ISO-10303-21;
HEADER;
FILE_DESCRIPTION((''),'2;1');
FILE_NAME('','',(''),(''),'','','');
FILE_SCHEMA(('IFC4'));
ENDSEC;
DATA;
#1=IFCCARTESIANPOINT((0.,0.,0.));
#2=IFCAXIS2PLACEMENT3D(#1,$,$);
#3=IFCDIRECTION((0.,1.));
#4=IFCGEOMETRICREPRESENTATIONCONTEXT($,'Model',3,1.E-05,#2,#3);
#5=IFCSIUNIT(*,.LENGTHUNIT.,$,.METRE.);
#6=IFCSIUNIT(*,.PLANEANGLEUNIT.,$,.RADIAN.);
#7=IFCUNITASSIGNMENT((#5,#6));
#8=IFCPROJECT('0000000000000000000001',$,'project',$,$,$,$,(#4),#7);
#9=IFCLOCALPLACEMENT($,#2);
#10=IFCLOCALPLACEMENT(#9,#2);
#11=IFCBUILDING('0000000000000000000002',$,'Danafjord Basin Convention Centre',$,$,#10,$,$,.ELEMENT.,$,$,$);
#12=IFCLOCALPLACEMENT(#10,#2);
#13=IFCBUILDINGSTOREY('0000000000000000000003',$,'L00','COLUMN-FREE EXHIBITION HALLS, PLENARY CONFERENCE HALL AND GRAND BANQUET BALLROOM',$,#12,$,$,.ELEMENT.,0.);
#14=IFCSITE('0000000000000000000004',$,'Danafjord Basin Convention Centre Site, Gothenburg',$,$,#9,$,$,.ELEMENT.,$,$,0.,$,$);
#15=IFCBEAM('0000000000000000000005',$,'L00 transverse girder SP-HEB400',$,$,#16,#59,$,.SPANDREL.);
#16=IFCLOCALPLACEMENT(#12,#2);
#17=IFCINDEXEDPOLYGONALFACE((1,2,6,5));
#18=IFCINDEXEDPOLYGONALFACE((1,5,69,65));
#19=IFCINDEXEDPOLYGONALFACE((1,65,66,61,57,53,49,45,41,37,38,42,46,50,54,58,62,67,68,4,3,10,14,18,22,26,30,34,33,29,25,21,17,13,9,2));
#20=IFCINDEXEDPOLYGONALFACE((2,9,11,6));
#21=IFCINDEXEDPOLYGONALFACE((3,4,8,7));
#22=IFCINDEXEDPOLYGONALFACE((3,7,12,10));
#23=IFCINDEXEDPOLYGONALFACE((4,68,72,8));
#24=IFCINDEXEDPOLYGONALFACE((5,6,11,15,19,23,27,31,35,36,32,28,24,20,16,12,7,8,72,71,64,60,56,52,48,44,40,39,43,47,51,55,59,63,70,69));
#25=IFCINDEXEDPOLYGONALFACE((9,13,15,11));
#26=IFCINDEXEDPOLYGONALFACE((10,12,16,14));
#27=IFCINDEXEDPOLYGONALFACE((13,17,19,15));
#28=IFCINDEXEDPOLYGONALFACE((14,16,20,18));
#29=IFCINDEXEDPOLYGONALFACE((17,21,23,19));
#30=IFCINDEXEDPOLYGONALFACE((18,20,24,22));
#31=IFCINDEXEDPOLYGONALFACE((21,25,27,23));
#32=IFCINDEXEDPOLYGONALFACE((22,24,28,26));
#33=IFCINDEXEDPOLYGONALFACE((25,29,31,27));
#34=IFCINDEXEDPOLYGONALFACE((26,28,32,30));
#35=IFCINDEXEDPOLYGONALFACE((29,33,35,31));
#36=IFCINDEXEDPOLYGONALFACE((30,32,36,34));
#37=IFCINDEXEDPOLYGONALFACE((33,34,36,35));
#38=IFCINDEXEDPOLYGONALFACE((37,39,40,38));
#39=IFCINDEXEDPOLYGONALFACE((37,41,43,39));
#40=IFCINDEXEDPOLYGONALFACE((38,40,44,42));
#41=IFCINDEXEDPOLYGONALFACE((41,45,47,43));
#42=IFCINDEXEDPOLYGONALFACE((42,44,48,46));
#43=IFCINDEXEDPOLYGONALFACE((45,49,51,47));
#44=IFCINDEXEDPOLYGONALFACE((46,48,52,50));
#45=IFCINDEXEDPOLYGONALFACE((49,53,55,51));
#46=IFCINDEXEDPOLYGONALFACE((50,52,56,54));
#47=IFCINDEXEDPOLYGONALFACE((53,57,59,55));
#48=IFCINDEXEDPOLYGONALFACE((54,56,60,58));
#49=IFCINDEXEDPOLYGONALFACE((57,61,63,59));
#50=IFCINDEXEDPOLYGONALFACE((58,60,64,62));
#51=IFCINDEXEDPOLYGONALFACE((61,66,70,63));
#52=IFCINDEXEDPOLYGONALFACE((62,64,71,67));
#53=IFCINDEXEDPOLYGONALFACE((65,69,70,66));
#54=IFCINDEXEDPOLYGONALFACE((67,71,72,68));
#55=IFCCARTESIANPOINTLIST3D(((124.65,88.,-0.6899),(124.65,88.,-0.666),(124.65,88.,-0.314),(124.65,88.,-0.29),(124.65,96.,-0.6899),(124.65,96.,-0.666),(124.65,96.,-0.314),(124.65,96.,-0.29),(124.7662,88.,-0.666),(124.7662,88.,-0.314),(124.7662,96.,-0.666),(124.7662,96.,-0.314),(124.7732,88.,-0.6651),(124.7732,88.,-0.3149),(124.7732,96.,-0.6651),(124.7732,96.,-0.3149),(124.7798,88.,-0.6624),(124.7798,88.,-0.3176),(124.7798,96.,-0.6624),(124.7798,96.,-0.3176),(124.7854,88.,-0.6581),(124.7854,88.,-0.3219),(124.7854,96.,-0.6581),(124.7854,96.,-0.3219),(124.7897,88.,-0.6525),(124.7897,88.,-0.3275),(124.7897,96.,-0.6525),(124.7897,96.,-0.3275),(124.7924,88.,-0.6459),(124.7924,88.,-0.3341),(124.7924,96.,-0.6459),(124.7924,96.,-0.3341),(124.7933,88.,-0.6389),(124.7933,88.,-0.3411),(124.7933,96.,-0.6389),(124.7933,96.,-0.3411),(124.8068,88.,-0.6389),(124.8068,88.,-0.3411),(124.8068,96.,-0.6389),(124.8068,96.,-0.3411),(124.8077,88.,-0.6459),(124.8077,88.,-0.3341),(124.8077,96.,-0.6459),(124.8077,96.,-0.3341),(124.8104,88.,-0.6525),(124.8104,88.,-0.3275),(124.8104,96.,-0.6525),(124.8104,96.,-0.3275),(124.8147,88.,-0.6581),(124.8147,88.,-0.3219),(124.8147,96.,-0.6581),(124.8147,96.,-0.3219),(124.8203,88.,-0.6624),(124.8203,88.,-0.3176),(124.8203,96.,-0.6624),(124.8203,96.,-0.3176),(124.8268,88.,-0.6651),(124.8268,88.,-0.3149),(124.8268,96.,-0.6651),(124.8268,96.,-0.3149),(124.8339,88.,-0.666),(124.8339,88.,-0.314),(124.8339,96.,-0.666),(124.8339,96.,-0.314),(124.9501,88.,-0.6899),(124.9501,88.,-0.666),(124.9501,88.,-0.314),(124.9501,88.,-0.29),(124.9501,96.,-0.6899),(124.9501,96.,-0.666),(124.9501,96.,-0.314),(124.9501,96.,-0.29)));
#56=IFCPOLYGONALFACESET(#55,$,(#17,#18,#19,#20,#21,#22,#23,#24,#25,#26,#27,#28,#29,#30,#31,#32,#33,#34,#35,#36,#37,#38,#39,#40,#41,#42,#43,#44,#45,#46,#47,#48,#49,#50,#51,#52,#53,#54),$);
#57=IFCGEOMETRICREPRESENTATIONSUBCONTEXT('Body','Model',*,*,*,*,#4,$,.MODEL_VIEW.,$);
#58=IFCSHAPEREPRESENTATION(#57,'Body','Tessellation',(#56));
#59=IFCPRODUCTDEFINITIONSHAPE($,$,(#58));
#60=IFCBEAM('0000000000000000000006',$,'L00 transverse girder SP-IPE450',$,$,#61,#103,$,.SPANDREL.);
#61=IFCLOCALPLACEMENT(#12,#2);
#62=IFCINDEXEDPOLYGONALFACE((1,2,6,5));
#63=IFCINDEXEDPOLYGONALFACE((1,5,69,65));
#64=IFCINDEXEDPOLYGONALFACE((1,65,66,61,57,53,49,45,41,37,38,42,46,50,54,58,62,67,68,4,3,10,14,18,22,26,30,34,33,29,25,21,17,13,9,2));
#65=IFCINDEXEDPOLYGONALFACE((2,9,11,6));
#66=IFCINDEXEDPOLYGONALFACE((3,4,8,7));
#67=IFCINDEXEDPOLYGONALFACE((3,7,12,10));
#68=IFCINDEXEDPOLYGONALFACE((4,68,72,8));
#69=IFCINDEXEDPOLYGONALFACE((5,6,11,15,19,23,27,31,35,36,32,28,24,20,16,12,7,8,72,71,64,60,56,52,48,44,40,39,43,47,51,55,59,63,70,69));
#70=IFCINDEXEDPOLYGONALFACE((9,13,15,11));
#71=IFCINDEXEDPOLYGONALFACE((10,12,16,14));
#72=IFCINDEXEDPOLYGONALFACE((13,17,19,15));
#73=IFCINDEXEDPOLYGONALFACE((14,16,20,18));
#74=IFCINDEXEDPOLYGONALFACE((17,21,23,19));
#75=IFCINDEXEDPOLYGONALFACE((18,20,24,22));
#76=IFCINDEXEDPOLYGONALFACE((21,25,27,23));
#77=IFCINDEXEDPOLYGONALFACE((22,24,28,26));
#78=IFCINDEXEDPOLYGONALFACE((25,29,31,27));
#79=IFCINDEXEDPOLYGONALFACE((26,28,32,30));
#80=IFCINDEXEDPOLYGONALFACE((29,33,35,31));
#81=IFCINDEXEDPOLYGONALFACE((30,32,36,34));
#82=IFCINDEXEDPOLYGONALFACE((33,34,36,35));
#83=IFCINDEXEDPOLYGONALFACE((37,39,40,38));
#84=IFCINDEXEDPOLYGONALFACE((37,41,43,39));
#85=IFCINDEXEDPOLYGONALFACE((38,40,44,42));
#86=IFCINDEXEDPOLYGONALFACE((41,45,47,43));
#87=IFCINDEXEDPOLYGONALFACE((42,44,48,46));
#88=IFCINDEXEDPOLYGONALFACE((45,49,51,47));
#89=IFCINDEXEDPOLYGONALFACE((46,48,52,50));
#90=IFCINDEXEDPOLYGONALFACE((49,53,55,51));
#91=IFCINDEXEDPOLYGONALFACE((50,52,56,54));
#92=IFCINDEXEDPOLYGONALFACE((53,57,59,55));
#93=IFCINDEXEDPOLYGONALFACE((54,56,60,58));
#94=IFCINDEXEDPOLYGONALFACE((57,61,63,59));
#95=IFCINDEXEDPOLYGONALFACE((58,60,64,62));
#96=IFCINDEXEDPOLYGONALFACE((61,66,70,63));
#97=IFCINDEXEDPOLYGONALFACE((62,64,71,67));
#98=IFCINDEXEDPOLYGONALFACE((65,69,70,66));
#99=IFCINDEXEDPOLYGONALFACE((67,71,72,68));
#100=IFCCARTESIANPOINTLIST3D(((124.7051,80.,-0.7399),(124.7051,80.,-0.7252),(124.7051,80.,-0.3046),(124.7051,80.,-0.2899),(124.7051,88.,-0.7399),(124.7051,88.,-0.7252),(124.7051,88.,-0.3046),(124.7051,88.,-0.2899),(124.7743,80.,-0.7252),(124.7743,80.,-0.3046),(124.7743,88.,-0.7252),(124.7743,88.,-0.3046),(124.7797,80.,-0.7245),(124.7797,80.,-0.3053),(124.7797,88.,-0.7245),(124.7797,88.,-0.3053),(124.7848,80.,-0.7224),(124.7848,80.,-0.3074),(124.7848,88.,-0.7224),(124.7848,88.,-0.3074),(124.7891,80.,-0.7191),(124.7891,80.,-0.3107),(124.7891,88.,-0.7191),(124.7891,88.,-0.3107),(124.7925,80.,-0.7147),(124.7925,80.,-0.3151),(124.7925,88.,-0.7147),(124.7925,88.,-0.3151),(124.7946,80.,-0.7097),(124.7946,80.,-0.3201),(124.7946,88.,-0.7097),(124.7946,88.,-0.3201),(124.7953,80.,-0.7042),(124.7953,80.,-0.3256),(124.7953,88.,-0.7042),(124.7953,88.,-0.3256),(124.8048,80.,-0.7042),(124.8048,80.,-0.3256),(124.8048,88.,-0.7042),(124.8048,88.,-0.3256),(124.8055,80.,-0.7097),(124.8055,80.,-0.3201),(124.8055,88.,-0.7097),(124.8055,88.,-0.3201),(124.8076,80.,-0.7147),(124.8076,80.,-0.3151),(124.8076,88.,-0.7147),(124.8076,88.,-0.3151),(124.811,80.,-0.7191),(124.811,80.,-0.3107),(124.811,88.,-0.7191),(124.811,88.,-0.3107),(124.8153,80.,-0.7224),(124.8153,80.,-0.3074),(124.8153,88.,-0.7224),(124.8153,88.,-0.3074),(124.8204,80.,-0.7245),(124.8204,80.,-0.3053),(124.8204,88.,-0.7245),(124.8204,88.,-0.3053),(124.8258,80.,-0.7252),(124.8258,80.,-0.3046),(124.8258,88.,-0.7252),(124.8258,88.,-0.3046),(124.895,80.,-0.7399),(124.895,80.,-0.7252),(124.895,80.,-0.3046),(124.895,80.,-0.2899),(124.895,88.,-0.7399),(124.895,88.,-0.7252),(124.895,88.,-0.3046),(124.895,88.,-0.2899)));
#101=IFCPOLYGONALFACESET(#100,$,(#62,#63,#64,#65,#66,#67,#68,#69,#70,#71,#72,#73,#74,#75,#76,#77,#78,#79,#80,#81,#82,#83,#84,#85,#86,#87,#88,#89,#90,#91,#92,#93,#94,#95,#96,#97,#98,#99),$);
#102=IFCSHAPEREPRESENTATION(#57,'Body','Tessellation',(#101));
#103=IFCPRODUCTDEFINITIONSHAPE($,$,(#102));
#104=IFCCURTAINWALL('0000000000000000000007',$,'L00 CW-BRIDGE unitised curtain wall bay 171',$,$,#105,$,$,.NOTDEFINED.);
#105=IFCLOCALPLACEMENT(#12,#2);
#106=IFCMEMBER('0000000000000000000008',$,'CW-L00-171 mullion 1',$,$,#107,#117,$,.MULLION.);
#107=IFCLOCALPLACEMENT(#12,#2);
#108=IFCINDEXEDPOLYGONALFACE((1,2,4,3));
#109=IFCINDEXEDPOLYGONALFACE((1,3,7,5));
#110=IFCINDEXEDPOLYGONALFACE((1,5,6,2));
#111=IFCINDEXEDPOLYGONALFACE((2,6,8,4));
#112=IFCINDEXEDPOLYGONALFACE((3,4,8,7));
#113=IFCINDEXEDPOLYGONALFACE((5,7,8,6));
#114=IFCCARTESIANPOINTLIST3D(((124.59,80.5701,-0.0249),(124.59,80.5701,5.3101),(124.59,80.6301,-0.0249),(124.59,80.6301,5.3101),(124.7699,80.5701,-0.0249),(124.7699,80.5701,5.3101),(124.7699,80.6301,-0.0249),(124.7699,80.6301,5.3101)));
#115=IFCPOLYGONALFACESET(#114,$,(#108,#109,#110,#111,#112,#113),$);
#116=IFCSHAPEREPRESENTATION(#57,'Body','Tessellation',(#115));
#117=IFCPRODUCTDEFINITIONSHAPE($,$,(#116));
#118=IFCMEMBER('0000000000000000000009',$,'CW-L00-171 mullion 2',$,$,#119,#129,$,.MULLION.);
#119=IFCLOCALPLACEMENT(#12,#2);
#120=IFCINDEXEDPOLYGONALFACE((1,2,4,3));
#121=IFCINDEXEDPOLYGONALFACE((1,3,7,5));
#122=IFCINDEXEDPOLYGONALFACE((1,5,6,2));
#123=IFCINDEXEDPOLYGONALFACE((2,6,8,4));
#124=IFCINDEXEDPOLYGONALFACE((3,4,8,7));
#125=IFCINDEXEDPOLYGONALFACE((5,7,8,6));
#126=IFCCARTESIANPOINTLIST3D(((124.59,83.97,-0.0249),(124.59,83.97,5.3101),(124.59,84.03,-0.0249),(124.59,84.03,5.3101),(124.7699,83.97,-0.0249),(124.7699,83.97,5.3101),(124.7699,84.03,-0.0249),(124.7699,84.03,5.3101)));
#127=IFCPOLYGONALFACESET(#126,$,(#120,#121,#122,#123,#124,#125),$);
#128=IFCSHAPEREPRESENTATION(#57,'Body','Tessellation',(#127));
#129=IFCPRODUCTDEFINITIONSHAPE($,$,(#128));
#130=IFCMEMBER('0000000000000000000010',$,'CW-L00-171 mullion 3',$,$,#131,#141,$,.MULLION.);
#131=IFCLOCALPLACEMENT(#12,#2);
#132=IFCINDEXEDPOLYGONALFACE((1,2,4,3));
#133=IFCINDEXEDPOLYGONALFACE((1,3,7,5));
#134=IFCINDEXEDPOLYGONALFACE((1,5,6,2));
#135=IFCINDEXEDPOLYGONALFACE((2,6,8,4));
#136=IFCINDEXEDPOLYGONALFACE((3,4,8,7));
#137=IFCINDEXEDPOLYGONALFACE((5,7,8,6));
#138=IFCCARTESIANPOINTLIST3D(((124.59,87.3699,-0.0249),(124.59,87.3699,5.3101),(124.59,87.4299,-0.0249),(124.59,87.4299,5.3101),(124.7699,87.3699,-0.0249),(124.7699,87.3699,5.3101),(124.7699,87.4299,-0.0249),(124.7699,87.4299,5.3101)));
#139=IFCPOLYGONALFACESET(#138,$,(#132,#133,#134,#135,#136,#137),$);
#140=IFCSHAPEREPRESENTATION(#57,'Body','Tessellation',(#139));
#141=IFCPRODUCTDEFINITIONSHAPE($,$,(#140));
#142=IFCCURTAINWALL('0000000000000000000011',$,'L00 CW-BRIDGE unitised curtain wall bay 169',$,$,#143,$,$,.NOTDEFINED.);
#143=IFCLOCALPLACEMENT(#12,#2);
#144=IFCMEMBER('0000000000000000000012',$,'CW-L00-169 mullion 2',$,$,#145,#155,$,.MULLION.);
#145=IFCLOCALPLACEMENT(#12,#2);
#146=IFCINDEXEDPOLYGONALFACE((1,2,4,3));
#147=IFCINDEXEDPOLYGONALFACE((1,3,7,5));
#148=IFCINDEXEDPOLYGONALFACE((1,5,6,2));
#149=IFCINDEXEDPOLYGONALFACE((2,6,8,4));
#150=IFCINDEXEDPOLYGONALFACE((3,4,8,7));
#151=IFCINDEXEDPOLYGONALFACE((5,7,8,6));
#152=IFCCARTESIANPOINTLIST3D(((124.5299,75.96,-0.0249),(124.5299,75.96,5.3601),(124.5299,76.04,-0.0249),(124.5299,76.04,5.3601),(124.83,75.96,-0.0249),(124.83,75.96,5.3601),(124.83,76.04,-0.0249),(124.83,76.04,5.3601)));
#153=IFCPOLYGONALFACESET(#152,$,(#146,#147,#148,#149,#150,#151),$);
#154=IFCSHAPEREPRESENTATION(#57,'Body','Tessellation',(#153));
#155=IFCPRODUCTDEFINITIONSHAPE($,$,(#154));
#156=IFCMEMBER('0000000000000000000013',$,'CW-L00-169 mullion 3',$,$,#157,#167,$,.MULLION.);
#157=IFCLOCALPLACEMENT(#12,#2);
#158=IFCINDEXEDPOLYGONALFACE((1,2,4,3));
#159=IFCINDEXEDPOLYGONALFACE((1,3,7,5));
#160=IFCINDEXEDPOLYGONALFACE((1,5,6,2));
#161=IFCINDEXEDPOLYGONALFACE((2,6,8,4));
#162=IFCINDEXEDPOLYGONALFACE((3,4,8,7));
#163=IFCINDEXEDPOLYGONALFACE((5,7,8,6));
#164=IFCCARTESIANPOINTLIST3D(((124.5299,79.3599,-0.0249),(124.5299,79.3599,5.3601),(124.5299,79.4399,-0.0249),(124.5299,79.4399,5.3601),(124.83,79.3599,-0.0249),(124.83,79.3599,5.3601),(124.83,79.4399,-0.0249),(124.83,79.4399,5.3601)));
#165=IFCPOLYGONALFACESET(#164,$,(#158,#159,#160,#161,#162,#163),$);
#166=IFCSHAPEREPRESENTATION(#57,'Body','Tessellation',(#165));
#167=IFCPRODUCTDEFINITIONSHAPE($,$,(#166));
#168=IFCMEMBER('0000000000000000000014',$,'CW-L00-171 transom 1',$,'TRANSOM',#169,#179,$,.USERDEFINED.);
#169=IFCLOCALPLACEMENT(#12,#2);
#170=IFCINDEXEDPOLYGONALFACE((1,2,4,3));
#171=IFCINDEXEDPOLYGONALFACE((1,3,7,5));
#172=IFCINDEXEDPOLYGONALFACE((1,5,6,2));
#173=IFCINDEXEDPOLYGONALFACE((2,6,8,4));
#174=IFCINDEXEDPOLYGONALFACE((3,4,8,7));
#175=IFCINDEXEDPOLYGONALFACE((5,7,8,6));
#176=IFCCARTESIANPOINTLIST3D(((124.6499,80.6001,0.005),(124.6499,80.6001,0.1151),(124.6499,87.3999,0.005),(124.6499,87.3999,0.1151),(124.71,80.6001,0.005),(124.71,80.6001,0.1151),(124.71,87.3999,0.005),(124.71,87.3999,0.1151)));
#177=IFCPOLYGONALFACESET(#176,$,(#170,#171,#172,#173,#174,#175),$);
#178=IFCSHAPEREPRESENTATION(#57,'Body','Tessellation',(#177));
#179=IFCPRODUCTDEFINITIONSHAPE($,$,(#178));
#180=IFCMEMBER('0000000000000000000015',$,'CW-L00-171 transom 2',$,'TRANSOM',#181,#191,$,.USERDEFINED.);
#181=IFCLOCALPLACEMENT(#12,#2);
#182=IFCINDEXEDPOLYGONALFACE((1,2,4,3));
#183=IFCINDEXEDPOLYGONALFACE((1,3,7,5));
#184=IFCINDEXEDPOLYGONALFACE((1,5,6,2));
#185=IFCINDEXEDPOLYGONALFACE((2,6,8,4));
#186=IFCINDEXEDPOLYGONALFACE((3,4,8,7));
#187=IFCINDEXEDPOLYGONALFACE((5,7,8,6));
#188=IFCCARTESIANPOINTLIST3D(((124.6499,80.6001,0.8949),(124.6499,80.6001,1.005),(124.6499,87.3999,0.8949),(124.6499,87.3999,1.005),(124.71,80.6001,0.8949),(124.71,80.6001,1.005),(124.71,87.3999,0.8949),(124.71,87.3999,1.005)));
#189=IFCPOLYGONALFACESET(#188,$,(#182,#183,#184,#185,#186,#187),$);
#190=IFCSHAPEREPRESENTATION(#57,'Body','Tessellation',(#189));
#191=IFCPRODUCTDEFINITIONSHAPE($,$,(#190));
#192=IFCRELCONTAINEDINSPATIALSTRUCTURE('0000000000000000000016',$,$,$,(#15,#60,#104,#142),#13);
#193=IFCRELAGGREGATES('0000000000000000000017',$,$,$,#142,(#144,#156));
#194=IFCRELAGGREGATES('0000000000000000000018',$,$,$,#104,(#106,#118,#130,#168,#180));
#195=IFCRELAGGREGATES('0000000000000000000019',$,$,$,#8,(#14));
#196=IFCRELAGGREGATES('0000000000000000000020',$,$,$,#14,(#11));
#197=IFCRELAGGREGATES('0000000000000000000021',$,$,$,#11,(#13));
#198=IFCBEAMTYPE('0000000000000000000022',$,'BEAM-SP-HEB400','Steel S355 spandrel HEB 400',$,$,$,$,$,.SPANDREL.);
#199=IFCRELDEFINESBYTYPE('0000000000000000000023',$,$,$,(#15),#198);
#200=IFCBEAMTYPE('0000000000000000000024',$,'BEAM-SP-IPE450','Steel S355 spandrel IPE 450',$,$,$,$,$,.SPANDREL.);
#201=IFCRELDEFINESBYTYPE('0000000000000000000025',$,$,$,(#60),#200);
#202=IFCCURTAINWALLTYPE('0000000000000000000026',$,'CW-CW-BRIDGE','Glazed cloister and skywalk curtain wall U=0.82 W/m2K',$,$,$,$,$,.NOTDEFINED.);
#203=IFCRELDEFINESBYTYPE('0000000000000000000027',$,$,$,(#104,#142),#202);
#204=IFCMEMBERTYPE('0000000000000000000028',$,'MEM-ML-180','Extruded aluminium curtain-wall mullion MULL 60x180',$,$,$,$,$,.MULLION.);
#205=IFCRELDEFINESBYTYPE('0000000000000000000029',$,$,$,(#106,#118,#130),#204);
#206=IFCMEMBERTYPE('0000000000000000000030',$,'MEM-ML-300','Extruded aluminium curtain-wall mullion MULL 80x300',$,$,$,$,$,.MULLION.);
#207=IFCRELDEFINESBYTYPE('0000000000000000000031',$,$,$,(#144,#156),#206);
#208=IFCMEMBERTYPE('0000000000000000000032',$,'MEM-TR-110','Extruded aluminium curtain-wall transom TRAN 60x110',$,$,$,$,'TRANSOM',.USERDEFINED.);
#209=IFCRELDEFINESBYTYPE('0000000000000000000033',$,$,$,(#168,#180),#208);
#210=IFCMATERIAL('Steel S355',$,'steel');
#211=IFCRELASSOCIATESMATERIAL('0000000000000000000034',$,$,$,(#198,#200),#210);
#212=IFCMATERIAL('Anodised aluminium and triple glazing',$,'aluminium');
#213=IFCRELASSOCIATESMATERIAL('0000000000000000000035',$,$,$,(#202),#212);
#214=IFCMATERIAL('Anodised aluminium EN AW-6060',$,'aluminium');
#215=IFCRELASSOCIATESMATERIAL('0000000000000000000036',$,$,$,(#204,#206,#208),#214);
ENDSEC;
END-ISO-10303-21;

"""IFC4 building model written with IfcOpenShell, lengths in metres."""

from ifc_helpers import new_model, si_unit, direction, frame, origin, origin_2d, place, context, subcontext, project, spatial, rectangle, i_section, extrude, material, material_profile, profile_set, type_object, element, aggregate, save


model = new_model("IFC4")

# Units and contexts
model_context = context("Model", 3, precision=1e-05, world=origin(), true_north=direction((0.0, 1.0)))
body_context = subcontext(model_context, "Body", "Model", "MODEL_VIEW")
ifc_project = project(units=[si_unit("LENGTHUNIT", "METRE"), si_unit("PLANEANGLEUNIT", "RADIAN")], contexts=[model_context])

# Site, building, storey
site_placement = place(None, origin())
site = spatial("IfcSite", under=ifc_project, at=site_placement, Name="Danafjord Basin Convention Centre Site, Gothenburg", CompositionType="ELEMENT", RefElevation=0.0)
building_placement = place(site_placement, origin())
building = spatial("IfcBuilding", under=site, at=building_placement, Name="Danafjord Basin Convention Centre", CompositionType="ELEMENT")
storey_placement = place(building_placement, origin())
storey = spatial("IfcBuildingStorey", under=building, at=storey_placement, Name="L00", Description="COLUMN-FREE EXHIBITION HALLS, PLENARY CONFERENCE HALL AND GRAND BANQUET BALLROOM", CompositionType="ELEMENT", Elevation=0.0)

# Shared definitions
ifc_material_1 = material(Name="Steel S355", Category="steel")

# Beams
ifc_material_profile_1 = material_profile(ifc_material_1, i_section(OverallWidth=0.3, OverallDepth=0.3999, WebThickness=0.0134, FlangeThickness=0.0239, FilletRadius=0.0271, at=origin_2d()), Name="HEB 400")
ifc_profile_set_1 = profile_set([ifc_material_profile_1], Name="Steel S355")
beam_type_1 = type_object("IfcBeamType", Name="BEAM-SP-HEB400", Description="Steel S355 spandrel HEB 400", PredefinedType="SPANDREL", material=ifc_profile_set_1)
beam_1_placement = place(storey_placement, frame((124.8, 88.0, -0.49), z_axis=(0.0, 1.0, 0.0), x_axis=(-1.0, 0.0, 0.0)))
element("IfcBeam", 1, at=beam_1_placement, inside=storey, type_object=beam_type_1, Name="L00 transverse girder SP-HEB400", PredefinedType="SPANDREL", context=body_context, shape_type="SweptSolid", body=[
    extrude(i_section(OverallWidth=0.3, OverallDepth=0.3999, WebThickness=0.0134, FlangeThickness=0.0239, FilletRadius=0.0271, at=origin_2d()), origin(), (0.0, 0.0, 1.0), 8.0),
])
ifc_material_profile_2 = material_profile(ifc_material_1, i_section(OverallWidth=0.1899, OverallDepth=0.45, WebThickness=0.0095, FlangeThickness=0.0146, FilletRadius=0.021, at=origin_2d()), Name="IPE 450")
ifc_profile_set_2 = profile_set([ifc_material_profile_2], Name="Steel S355")
beam_type_2 = type_object("IfcBeamType", Name="BEAM-SP-IPE450", Description="Steel S355 spandrel IPE 450", PredefinedType="SPANDREL", material=ifc_profile_set_2)
beam_2_placement = place(storey_placement, frame((124.8, 80.0, -0.5149), z_axis=(0.0, 1.0, 0.0), x_axis=(-1.0, 0.0, 0.0)))
element("IfcBeam", 2, at=beam_2_placement, inside=storey, type_object=beam_type_2, Name="L00 transverse girder SP-IPE450", PredefinedType="SPANDREL", context=body_context, shape_type="SweptSolid", body=[
    extrude(i_section(OverallWidth=0.1899, OverallDepth=0.45, WebThickness=0.0095, FlangeThickness=0.0146, FilletRadius=0.021, at=origin_2d()), origin(), (0.0, 0.0, 1.0), 8.0),
])

# Curtain walls, members
ifc_material_2 = material(Name="Anodised aluminium and triple glazing", Category="aluminium")
curtain_wall_type = type_object("IfcCurtainWallType", Name="CW-CW-BRIDGE", Description="Glazed cloister and skywalk curtain wall U=0.82 W/m2K", PredefinedType="NOTDEFINED", material=ifc_material_2)
curtain_wall_1_placement = place(storey_placement, origin())
curtain_wall_1 = element("IfcCurtainWall", 3, at=curtain_wall_1_placement, inside=storey, type_object=curtain_wall_type, Name="L00 CW-BRIDGE unitised curtain wall bay 171", PredefinedType="NOTDEFINED")
ifc_material_3 = material(Name="Anodised aluminium EN AW-6060", Category="aluminium")
ifc_material_profile_3 = material_profile(ifc_material_3, rectangle(XDim=0.0601, YDim=0.1799, at=origin_2d()), Name="MULL 60x180")
ifc_profile_set_3 = profile_set([ifc_material_profile_3], Name="Anodised aluminium EN AW-6060")
member_type_1 = type_object("IfcMemberType", Name="MEM-ML-180", Description="Extruded aluminium curtain-wall mullion MULL 60x180", PredefinedType="MULLION", material=ifc_profile_set_3)
member_1_placement = place(storey_placement, frame((124.6799, 80.6001, -0.0249), z_axis=(0.0, 0.0, 1.0), x_axis=(0.0, 1.0, 0.0)))
member_1 = element("IfcMember", 4, at=member_1_placement, type_object=member_type_1, Name="CW-L00-171 mullion 1", PredefinedType="MULLION", context=body_context, shape_type="SweptSolid", body=[
    extrude(rectangle(XDim=0.0601, YDim=0.1799, at=origin_2d()), origin(), (0.0, 0.0, 1.0), 5.335),
])
member_2_placement = place(storey_placement, frame((124.6799, 84.0, -0.0249), z_axis=(0.0, 0.0, 1.0), x_axis=(0.0, 1.0, 0.0)))
member_2 = element("IfcMember", 5, at=member_2_placement, type_object=member_type_1, Name="CW-L00-171 mullion 2", PredefinedType="MULLION", context=body_context, shape_type="SweptSolid", body=[
    extrude(rectangle(XDim=0.0601, YDim=0.1799, at=origin_2d()), origin(), (0.0, 0.0, 1.0), 5.335),
])
member_3_placement = place(storey_placement, frame((124.6799, 87.3999, -0.0249), z_axis=(0.0, 0.0, 1.0), x_axis=(0.0, 1.0, 0.0)))
member_3 = element("IfcMember", 6, at=member_3_placement, type_object=member_type_1, Name="CW-L00-171 mullion 3", PredefinedType="MULLION", context=body_context, shape_type="SweptSolid", body=[
    extrude(rectangle(XDim=0.0601, YDim=0.1799, at=origin_2d()), origin(), (0.0, 0.0, 1.0), 5.335),
])
curtain_wall_2_placement = place(storey_placement, origin())
curtain_wall_2 = element("IfcCurtainWall", 7, at=curtain_wall_2_placement, inside=storey, type_object=curtain_wall_type, Name="L00 CW-BRIDGE unitised curtain wall bay 169", PredefinedType="NOTDEFINED")
ifc_material_profile_4 = material_profile(ifc_material_3, rectangle(XDim=0.0801, YDim=0.3, at=origin_2d()), Name="MULL 80x300")
ifc_profile_set_4 = profile_set([ifc_material_profile_4], Name="Anodised aluminium EN AW-6060")
member_type_2 = type_object("IfcMemberType", Name="MEM-ML-300", Description="Extruded aluminium curtain-wall mullion MULL 80x300", PredefinedType="MULLION", material=ifc_profile_set_4)
member_4_placement = place(storey_placement, frame((124.6799, 76.0, -0.0249), z_axis=(0.0, 0.0, 1.0), x_axis=(0.0, 1.0, 0.0)))
member_4 = element("IfcMember", 8, at=member_4_placement, type_object=member_type_2, Name="CW-L00-169 mullion 2", PredefinedType="MULLION", context=body_context, shape_type="SweptSolid", body=[
    extrude(rectangle(XDim=0.0801, YDim=0.3, at=origin_2d()), origin(), (0.0, 0.0, 1.0), 5.385),
])
member_5_placement = place(storey_placement, frame((124.6799, 79.3999, -0.0249), z_axis=(0.0, 0.0, 1.0), x_axis=(0.0, 1.0, 0.0)))
member_5 = element("IfcMember", 9, at=member_5_placement, type_object=member_type_2, Name="CW-L00-169 mullion 3", PredefinedType="MULLION", context=body_context, shape_type="SweptSolid", body=[
    extrude(rectangle(XDim=0.0801, YDim=0.3, at=origin_2d()), origin(), (0.0, 0.0, 1.0), 5.385),
])

# Members
ifc_material_profile_5 = material_profile(ifc_material_3, rectangle(XDim=0.0601, YDim=0.1101, at=origin_2d()), Name="TRAN 60x110")
ifc_profile_set_5 = profile_set([ifc_material_profile_5], Name="Anodised aluminium EN AW-6060")
member_type_3 = type_object("IfcMemberType", Name="MEM-TR-110", Description="Extruded aluminium curtain-wall transom TRAN 60x110", ElementType="TRANSOM", PredefinedType="USERDEFINED", material=ifc_profile_set_5)
member_6_placement = place(storey_placement, frame((124.6799, 80.6001, 0.0601), z_axis=(0.0, 1.0, 0.0), x_axis=(-1.0, 0.0, 0.0)))
member_6 = element("IfcMember", 10, at=member_6_placement, type_object=member_type_3, Name="CW-L00-171 transom 1", ObjectType="TRANSOM", PredefinedType="USERDEFINED", context=body_context, shape_type="SweptSolid", body=[
    extrude(rectangle(XDim=0.0601, YDim=0.1101, at=origin_2d()), origin(), (0.0, 0.0, 1.0), 6.7998),
])
member_7_placement = place(storey_placement, frame((124.6799, 80.6001, 0.95), z_axis=(0.0, 1.0, 0.0), x_axis=(-1.0, 0.0, 0.0)))
member_7 = element("IfcMember", 11, at=member_7_placement, type_object=member_type_3, Name="CW-L00-171 transom 2", ObjectType="TRANSOM", PredefinedType="USERDEFINED", context=body_context, shape_type="SweptSolid", body=[
    extrude(rectangle(XDim=0.0601, YDim=0.1101, at=origin_2d()), origin(), (0.0, 0.0, 1.0), 6.7998),
])

aggregate(curtain_wall_2, [member_4, member_5])
aggregate(curtain_wall_1, [member_1, member_2, member_3, member_6, member_7])

save(model, "model.ifc")
